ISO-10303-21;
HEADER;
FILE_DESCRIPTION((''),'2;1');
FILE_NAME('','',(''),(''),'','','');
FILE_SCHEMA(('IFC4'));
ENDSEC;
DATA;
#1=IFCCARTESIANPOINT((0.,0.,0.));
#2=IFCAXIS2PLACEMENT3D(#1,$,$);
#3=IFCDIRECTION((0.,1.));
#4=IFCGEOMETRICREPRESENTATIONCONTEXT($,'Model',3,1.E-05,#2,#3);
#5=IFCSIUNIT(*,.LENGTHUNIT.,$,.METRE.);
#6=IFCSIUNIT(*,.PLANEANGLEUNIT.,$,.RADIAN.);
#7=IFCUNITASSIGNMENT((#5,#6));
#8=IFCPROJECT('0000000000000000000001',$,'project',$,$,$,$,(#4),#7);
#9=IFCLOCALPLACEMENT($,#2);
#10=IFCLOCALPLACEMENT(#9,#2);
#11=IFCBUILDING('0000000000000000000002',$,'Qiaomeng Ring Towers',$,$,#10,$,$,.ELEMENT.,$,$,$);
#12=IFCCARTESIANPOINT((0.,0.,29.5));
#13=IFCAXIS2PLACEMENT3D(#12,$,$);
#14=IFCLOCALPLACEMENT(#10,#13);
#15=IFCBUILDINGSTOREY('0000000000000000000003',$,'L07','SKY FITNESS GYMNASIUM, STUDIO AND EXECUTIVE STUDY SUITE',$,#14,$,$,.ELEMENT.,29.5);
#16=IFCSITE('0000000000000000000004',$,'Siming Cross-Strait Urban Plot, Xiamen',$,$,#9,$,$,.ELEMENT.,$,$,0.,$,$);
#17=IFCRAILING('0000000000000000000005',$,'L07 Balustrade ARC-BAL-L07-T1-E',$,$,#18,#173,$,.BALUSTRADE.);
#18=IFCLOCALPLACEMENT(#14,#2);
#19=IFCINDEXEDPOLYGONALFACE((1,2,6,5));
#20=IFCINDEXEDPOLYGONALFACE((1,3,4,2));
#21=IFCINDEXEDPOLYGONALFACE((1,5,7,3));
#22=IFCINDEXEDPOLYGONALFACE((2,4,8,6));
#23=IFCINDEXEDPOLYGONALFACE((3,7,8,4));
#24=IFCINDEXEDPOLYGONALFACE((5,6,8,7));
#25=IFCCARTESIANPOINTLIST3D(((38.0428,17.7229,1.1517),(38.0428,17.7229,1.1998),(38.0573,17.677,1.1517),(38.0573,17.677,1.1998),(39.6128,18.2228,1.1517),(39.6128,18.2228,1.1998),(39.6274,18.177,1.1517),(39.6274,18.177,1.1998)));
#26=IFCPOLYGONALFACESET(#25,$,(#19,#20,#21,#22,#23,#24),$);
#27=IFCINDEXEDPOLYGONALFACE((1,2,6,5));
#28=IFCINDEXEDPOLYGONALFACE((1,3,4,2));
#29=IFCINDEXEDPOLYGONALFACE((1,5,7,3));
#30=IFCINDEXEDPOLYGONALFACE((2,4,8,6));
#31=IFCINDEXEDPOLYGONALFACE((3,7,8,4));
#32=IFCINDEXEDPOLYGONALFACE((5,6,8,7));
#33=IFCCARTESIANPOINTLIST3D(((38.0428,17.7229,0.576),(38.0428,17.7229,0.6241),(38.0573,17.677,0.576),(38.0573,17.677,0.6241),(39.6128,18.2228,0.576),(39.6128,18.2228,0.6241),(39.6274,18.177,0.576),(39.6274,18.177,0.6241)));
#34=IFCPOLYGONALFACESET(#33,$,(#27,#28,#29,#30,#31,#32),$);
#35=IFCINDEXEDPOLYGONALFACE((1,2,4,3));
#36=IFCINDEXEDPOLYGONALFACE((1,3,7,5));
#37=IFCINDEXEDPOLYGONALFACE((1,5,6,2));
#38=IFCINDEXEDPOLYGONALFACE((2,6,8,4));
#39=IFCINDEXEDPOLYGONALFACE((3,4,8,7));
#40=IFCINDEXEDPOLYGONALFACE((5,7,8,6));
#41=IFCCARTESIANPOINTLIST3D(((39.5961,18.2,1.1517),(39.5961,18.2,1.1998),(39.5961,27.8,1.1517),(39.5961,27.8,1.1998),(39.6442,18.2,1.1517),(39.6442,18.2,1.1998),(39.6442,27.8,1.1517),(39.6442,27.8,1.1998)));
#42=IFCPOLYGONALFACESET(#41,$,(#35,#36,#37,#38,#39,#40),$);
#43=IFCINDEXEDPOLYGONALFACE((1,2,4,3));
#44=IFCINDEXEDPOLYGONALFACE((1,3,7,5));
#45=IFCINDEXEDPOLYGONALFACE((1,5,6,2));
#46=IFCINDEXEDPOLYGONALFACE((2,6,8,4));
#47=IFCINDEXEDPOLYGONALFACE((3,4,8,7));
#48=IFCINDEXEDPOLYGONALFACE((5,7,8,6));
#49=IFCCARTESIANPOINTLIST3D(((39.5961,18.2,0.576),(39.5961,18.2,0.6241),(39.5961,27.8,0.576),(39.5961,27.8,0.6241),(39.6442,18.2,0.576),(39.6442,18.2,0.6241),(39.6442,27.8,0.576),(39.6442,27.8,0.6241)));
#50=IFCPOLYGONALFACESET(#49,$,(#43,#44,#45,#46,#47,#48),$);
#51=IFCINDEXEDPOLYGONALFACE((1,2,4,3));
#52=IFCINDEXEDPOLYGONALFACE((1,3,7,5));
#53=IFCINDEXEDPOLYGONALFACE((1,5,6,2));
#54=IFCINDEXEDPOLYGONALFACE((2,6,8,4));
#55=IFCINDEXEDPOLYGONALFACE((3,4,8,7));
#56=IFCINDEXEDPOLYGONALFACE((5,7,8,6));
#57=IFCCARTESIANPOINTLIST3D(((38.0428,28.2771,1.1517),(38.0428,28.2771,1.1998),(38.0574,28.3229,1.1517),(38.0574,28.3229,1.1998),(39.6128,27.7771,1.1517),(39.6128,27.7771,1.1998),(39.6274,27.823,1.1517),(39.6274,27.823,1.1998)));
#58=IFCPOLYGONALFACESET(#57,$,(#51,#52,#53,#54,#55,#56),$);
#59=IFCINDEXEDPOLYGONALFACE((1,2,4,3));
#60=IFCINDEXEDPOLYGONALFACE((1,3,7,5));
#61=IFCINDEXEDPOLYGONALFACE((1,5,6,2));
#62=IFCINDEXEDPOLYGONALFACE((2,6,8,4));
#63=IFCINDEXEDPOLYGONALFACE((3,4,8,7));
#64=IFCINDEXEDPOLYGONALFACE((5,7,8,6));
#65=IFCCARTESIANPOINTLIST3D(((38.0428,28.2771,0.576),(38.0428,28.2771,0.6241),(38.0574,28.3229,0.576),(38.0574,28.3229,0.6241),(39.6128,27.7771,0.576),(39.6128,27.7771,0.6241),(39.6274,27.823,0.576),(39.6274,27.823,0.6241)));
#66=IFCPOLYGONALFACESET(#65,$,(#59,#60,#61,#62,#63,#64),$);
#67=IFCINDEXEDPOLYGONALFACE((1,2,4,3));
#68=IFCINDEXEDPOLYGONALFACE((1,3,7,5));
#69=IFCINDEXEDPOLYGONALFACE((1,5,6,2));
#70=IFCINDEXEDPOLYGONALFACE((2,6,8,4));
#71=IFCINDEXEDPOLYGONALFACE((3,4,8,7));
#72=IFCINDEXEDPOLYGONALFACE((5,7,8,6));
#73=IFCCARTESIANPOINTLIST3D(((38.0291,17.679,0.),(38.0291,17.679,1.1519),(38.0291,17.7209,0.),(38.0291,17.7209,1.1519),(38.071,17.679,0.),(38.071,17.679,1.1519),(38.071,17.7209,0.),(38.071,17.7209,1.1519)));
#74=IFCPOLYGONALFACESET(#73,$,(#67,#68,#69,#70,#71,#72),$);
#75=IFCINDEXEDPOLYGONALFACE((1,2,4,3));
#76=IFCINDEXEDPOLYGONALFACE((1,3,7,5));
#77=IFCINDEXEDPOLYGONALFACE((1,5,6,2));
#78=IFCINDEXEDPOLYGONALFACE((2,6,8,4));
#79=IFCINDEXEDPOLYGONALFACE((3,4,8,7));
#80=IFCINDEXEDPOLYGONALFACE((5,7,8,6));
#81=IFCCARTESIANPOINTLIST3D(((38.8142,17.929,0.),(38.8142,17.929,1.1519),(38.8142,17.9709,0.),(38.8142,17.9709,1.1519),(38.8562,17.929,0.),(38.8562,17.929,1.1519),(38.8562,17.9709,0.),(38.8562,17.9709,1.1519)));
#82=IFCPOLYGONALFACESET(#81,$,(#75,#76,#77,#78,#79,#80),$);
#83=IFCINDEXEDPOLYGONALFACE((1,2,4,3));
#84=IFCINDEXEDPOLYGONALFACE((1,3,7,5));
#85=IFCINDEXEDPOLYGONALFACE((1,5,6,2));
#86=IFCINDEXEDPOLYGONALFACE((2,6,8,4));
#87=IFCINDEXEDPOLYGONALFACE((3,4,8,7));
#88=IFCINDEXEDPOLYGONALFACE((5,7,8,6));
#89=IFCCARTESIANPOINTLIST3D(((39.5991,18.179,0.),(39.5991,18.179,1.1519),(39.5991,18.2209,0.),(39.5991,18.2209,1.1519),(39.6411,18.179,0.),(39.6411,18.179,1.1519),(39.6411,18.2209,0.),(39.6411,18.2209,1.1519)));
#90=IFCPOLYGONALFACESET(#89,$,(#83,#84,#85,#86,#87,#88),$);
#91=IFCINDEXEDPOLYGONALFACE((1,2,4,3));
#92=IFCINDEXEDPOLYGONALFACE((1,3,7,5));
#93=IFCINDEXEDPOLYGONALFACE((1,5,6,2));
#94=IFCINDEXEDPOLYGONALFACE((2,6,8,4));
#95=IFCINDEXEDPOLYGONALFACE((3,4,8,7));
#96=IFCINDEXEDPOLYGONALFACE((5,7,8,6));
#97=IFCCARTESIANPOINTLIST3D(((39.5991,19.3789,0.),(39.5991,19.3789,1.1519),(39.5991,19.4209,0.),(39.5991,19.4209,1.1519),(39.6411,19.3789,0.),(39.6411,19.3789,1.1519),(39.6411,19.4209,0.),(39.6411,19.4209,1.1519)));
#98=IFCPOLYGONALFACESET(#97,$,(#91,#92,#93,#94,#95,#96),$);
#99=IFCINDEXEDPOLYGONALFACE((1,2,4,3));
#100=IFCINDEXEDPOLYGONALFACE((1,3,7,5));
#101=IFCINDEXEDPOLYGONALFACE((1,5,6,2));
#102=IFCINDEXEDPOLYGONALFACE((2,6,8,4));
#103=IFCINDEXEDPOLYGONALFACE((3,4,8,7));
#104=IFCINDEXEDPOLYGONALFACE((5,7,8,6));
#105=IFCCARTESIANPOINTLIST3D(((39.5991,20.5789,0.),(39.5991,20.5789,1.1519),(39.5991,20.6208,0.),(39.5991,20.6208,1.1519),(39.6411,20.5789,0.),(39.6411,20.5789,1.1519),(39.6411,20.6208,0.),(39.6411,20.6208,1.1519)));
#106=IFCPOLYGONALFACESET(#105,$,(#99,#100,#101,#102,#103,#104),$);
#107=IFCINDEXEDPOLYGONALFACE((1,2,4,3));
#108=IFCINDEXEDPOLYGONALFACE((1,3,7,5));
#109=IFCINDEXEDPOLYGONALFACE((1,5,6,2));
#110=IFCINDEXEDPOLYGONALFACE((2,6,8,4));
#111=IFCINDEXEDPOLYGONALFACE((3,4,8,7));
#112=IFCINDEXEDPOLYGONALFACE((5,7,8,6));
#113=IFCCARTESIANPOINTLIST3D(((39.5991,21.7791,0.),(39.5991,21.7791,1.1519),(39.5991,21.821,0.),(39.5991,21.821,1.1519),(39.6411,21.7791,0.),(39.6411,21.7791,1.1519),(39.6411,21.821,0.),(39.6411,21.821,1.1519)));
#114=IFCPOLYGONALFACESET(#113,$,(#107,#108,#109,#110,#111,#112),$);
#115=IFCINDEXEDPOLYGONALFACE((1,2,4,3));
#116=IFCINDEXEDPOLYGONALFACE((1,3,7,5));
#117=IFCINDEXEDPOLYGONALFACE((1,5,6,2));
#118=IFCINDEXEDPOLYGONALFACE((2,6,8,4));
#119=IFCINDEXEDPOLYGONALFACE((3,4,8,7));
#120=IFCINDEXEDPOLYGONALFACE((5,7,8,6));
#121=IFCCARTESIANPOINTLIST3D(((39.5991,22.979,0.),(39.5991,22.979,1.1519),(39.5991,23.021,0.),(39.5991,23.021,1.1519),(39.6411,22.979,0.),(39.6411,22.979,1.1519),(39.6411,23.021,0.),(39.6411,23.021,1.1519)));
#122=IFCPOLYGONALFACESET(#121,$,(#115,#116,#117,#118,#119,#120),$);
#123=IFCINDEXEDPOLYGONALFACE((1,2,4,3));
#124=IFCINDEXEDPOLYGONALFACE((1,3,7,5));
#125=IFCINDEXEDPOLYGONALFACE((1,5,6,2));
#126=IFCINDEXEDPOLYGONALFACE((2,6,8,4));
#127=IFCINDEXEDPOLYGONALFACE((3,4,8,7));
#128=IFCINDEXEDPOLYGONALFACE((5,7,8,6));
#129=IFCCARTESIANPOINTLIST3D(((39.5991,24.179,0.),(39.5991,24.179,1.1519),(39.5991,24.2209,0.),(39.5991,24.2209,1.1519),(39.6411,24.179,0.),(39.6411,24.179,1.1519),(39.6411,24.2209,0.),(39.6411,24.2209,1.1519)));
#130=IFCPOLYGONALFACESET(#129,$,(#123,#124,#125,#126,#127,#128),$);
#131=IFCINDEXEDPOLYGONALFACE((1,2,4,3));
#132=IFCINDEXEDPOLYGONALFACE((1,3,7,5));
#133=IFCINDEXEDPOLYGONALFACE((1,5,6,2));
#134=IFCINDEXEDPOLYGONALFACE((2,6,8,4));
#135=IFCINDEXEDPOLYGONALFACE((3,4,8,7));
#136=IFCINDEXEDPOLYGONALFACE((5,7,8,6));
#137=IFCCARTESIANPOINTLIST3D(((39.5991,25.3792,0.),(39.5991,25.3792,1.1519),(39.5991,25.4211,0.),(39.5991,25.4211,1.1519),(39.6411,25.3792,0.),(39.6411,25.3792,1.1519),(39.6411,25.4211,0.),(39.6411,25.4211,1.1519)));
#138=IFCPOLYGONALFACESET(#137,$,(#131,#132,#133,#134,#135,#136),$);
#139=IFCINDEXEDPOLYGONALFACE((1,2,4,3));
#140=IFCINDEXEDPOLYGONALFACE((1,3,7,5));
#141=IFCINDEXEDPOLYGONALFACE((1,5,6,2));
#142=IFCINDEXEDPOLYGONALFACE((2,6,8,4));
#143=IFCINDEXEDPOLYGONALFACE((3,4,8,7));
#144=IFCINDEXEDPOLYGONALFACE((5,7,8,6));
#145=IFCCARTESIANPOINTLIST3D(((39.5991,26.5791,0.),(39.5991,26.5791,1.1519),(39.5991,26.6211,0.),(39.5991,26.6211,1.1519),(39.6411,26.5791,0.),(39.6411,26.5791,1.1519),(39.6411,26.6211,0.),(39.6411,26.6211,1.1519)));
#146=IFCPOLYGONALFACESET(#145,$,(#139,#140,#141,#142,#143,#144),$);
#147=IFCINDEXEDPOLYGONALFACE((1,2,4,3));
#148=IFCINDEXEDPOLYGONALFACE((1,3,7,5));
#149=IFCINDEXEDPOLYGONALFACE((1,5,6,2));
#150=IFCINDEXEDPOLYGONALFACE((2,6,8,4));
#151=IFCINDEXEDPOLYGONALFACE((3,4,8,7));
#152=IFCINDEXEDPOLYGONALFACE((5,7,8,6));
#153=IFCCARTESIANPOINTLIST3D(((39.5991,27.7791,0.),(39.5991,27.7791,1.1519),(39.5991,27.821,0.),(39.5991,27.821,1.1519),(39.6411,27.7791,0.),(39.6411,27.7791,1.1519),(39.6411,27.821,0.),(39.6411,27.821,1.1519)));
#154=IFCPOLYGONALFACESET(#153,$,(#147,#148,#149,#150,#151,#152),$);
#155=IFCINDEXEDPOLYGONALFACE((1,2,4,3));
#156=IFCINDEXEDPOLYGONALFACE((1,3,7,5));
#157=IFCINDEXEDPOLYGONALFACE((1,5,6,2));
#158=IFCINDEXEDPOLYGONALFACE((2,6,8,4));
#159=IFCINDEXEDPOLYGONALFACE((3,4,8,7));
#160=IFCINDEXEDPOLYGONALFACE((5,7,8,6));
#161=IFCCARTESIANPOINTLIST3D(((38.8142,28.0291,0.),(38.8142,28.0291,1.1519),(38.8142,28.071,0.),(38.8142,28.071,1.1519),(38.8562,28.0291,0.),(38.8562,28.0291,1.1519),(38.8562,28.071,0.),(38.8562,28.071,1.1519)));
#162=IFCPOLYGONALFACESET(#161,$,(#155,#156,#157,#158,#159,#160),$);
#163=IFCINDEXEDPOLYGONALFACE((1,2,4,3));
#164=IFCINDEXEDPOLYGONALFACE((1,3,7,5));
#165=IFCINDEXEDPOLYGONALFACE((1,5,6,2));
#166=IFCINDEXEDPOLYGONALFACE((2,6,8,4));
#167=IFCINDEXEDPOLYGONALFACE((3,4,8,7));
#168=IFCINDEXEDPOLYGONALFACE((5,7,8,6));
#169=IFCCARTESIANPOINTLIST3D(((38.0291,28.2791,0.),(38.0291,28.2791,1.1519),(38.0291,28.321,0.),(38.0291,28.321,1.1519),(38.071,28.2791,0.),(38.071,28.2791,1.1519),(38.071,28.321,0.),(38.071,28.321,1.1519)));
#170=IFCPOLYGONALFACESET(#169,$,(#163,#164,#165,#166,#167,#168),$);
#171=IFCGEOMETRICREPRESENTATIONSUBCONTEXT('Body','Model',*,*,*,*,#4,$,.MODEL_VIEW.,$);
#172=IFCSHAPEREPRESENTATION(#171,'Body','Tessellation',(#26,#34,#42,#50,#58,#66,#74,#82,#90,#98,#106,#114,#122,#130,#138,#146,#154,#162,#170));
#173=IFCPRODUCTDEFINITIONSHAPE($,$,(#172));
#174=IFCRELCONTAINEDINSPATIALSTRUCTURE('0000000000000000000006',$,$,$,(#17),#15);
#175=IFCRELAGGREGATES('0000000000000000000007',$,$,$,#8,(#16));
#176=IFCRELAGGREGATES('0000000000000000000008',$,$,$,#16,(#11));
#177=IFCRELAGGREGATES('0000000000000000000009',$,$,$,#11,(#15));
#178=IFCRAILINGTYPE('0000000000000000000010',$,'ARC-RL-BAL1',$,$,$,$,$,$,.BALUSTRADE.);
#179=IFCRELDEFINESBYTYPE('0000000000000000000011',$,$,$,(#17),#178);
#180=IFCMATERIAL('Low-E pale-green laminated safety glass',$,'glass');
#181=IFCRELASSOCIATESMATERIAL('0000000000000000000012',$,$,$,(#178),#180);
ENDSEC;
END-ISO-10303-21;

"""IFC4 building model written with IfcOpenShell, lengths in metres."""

from ifc_helpers import new_model, si_unit, direction, frame, origin, origin_2d, place, context, subcontext, project, spatial, rectangle, extrude, material, type_object, element, save


model = new_model("IFC4")

# Units and contexts
model_context = context("Model", 3, precision=1e-05, world=origin(), true_north=direction((0.0, 1.0)))
body_context = subcontext(model_context, "Body", "Model", "MODEL_VIEW")
ifc_project = project(units=[si_unit("LENGTHUNIT", "METRE"), si_unit("PLANEANGLEUNIT", "RADIAN")], contexts=[model_context])

# Site, building, storey
site_placement = place(None, origin())
site = spatial("IfcSite", under=ifc_project, at=site_placement, Name="Siming Cross-Strait Urban Plot, Xiamen", CompositionType="ELEMENT", RefElevation=0.0)
building_placement = place(site_placement, origin())
building = spatial("IfcBuilding", under=site, at=building_placement, Name="Qiaomeng Ring Towers", CompositionType="ELEMENT")
storey_placement = place(building_placement, frame((0.0, 0.0, 29.5)))
storey = spatial("IfcBuildingStorey", under=building, at=storey_placement, Name="L07", Description="SKY FITNESS GYMNASIUM, STUDIO AND EXECUTIVE STUDY SUITE", CompositionType="ELEMENT", Elevation=29.5)

# Railing
ifc_material_1 = material(Name="Low-E pale-green laminated safety glass", Category="glass")
railing_type = type_object("IfcRailingType", Name="ARC-RL-BAL1", PredefinedType="BALUSTRADE", material=ifc_material_1)
railing_1_placement = place(storey_placement, frame((38.05, 17.7, 0.0)))
element("IfcRailing", 1, at=railing_1_placement, inside=storey, type_object=railing_type, Name="L07 Balustrade ARC-BAL-L07-T1-E", PredefinedType="BALUSTRADE", context=body_context, shape_type="SweptSolid", body=[
    extrude(rectangle(XDim=0.0481, YDim=0.0481, at=origin_2d()), frame((0.0, 0.0, 1.1758), z_axis=(0.95285, 0.303442, 0.0), x_axis=(-0.303442, 0.95285, 0.0)), (0.0, 0.0, 1.0), 1.6477),
    extrude(rectangle(XDim=0.0481, YDim=0.0481, at=origin_2d()), frame((0.0, 0.0, 0.6001), z_axis=(0.95285, 0.303442, 0.0), x_axis=(-0.303442, 0.95285, 0.0)), (0.0, 0.0, 1.0), 1.6477),
    extrude(rectangle(XDim=0.0481, YDim=0.0481, at=origin_2d()), frame((1.5701, 0.5, 1.1758), z_axis=(0.0, 1.0, 0.0), x_axis=(-1.0, 0.0, 0.0)), (0.0, 0.0, 1.0), 9.6001),
    extrude(rectangle(XDim=0.0481, YDim=0.0481, at=origin_2d()), frame((1.5701, 0.5, 0.6001), z_axis=(0.0, 1.0, 0.0), x_axis=(-1.0, 0.0, 0.0)), (0.0, 0.0, 1.0), 9.6001),
    extrude(rectangle(XDim=0.0481, YDim=0.0481, at=origin_2d()), frame((1.5701, 10.1001, 1.1758), z_axis=(-0.95285, 0.303442, 0.0), x_axis=(-0.303442, -0.95285, 0.0)), (0.0, 0.0, 1.0), 1.6477),
    extrude(rectangle(XDim=0.0481, YDim=0.0481, at=origin_2d()), frame((1.5701, 10.1001, 0.6001), z_axis=(-0.95285, 0.303442, 0.0), x_axis=(-0.303442, -0.95285, 0.0)), (0.0, 0.0, 1.0), 1.6477),
    extrude(rectangle(XDim=0.042, YDim=0.042, at=origin_2d()), origin(), (0.0, 0.0, 1.0), 1.1519),
    extrude(rectangle(XDim=0.042, YDim=0.042, at=origin_2d()), frame((0.7852, 0.25, 0.0)), (0.0, 0.0, 1.0), 1.1519),
    extrude(rectangle(XDim=0.042, YDim=0.042, at=origin_2d()), frame((1.5701, 0.5, 0.0)), (0.0, 0.0, 1.0), 1.1519),
    extrude(rectangle(XDim=0.042, YDim=0.042, at=origin_2d()), frame((1.5701, 1.7, 0.0)), (0.0, 0.0, 1.0), 1.1519),
    extrude(rectangle(XDim=0.042, YDim=0.042, at=origin_2d()), frame((1.5701, 2.8999, 0.0)), (0.0, 0.0, 1.0), 1.1519),
    extrude(rectangle(XDim=0.042, YDim=0.042, at=origin_2d()), frame((1.5701, 4.1001, 0.0)), (0.0, 0.0, 1.0), 1.1519),
    extrude(rectangle(XDim=0.042, YDim=0.042, at=origin_2d()), frame((1.5701, 5.3, 0.0)), (0.0, 0.0, 1.0), 1.1519),
    extrude(rectangle(XDim=0.042, YDim=0.042, at=origin_2d()), frame((1.5701, 6.5, 0.0)), (0.0, 0.0, 1.0), 1.1519),
    extrude(rectangle(XDim=0.042, YDim=0.042, at=origin_2d()), frame((1.5701, 7.7002, 0.0)), (0.0, 0.0, 1.0), 1.1519),
    extrude(rectangle(XDim=0.042, YDim=0.042, at=origin_2d()), frame((1.5701, 8.9001, 0.0)), (0.0, 0.0, 1.0), 1.1519),
    extrude(rectangle(XDim=0.042, YDim=0.042, at=origin_2d()), frame((1.5701, 10.1001, 0.0)), (0.0, 0.0, 1.0), 1.1519),
    extrude(rectangle(XDim=0.042, YDim=0.042, at=origin_2d()), frame((0.7852, 10.3501, 0.0)), (0.0, 0.0, 1.0), 1.1519),
    extrude(rectangle(XDim=0.042, YDim=0.042, at=origin_2d()), frame((0.0, 10.6001, 0.0)), (0.0, 0.0, 1.0), 1.1519),
])

save(model, "model.ifc")
